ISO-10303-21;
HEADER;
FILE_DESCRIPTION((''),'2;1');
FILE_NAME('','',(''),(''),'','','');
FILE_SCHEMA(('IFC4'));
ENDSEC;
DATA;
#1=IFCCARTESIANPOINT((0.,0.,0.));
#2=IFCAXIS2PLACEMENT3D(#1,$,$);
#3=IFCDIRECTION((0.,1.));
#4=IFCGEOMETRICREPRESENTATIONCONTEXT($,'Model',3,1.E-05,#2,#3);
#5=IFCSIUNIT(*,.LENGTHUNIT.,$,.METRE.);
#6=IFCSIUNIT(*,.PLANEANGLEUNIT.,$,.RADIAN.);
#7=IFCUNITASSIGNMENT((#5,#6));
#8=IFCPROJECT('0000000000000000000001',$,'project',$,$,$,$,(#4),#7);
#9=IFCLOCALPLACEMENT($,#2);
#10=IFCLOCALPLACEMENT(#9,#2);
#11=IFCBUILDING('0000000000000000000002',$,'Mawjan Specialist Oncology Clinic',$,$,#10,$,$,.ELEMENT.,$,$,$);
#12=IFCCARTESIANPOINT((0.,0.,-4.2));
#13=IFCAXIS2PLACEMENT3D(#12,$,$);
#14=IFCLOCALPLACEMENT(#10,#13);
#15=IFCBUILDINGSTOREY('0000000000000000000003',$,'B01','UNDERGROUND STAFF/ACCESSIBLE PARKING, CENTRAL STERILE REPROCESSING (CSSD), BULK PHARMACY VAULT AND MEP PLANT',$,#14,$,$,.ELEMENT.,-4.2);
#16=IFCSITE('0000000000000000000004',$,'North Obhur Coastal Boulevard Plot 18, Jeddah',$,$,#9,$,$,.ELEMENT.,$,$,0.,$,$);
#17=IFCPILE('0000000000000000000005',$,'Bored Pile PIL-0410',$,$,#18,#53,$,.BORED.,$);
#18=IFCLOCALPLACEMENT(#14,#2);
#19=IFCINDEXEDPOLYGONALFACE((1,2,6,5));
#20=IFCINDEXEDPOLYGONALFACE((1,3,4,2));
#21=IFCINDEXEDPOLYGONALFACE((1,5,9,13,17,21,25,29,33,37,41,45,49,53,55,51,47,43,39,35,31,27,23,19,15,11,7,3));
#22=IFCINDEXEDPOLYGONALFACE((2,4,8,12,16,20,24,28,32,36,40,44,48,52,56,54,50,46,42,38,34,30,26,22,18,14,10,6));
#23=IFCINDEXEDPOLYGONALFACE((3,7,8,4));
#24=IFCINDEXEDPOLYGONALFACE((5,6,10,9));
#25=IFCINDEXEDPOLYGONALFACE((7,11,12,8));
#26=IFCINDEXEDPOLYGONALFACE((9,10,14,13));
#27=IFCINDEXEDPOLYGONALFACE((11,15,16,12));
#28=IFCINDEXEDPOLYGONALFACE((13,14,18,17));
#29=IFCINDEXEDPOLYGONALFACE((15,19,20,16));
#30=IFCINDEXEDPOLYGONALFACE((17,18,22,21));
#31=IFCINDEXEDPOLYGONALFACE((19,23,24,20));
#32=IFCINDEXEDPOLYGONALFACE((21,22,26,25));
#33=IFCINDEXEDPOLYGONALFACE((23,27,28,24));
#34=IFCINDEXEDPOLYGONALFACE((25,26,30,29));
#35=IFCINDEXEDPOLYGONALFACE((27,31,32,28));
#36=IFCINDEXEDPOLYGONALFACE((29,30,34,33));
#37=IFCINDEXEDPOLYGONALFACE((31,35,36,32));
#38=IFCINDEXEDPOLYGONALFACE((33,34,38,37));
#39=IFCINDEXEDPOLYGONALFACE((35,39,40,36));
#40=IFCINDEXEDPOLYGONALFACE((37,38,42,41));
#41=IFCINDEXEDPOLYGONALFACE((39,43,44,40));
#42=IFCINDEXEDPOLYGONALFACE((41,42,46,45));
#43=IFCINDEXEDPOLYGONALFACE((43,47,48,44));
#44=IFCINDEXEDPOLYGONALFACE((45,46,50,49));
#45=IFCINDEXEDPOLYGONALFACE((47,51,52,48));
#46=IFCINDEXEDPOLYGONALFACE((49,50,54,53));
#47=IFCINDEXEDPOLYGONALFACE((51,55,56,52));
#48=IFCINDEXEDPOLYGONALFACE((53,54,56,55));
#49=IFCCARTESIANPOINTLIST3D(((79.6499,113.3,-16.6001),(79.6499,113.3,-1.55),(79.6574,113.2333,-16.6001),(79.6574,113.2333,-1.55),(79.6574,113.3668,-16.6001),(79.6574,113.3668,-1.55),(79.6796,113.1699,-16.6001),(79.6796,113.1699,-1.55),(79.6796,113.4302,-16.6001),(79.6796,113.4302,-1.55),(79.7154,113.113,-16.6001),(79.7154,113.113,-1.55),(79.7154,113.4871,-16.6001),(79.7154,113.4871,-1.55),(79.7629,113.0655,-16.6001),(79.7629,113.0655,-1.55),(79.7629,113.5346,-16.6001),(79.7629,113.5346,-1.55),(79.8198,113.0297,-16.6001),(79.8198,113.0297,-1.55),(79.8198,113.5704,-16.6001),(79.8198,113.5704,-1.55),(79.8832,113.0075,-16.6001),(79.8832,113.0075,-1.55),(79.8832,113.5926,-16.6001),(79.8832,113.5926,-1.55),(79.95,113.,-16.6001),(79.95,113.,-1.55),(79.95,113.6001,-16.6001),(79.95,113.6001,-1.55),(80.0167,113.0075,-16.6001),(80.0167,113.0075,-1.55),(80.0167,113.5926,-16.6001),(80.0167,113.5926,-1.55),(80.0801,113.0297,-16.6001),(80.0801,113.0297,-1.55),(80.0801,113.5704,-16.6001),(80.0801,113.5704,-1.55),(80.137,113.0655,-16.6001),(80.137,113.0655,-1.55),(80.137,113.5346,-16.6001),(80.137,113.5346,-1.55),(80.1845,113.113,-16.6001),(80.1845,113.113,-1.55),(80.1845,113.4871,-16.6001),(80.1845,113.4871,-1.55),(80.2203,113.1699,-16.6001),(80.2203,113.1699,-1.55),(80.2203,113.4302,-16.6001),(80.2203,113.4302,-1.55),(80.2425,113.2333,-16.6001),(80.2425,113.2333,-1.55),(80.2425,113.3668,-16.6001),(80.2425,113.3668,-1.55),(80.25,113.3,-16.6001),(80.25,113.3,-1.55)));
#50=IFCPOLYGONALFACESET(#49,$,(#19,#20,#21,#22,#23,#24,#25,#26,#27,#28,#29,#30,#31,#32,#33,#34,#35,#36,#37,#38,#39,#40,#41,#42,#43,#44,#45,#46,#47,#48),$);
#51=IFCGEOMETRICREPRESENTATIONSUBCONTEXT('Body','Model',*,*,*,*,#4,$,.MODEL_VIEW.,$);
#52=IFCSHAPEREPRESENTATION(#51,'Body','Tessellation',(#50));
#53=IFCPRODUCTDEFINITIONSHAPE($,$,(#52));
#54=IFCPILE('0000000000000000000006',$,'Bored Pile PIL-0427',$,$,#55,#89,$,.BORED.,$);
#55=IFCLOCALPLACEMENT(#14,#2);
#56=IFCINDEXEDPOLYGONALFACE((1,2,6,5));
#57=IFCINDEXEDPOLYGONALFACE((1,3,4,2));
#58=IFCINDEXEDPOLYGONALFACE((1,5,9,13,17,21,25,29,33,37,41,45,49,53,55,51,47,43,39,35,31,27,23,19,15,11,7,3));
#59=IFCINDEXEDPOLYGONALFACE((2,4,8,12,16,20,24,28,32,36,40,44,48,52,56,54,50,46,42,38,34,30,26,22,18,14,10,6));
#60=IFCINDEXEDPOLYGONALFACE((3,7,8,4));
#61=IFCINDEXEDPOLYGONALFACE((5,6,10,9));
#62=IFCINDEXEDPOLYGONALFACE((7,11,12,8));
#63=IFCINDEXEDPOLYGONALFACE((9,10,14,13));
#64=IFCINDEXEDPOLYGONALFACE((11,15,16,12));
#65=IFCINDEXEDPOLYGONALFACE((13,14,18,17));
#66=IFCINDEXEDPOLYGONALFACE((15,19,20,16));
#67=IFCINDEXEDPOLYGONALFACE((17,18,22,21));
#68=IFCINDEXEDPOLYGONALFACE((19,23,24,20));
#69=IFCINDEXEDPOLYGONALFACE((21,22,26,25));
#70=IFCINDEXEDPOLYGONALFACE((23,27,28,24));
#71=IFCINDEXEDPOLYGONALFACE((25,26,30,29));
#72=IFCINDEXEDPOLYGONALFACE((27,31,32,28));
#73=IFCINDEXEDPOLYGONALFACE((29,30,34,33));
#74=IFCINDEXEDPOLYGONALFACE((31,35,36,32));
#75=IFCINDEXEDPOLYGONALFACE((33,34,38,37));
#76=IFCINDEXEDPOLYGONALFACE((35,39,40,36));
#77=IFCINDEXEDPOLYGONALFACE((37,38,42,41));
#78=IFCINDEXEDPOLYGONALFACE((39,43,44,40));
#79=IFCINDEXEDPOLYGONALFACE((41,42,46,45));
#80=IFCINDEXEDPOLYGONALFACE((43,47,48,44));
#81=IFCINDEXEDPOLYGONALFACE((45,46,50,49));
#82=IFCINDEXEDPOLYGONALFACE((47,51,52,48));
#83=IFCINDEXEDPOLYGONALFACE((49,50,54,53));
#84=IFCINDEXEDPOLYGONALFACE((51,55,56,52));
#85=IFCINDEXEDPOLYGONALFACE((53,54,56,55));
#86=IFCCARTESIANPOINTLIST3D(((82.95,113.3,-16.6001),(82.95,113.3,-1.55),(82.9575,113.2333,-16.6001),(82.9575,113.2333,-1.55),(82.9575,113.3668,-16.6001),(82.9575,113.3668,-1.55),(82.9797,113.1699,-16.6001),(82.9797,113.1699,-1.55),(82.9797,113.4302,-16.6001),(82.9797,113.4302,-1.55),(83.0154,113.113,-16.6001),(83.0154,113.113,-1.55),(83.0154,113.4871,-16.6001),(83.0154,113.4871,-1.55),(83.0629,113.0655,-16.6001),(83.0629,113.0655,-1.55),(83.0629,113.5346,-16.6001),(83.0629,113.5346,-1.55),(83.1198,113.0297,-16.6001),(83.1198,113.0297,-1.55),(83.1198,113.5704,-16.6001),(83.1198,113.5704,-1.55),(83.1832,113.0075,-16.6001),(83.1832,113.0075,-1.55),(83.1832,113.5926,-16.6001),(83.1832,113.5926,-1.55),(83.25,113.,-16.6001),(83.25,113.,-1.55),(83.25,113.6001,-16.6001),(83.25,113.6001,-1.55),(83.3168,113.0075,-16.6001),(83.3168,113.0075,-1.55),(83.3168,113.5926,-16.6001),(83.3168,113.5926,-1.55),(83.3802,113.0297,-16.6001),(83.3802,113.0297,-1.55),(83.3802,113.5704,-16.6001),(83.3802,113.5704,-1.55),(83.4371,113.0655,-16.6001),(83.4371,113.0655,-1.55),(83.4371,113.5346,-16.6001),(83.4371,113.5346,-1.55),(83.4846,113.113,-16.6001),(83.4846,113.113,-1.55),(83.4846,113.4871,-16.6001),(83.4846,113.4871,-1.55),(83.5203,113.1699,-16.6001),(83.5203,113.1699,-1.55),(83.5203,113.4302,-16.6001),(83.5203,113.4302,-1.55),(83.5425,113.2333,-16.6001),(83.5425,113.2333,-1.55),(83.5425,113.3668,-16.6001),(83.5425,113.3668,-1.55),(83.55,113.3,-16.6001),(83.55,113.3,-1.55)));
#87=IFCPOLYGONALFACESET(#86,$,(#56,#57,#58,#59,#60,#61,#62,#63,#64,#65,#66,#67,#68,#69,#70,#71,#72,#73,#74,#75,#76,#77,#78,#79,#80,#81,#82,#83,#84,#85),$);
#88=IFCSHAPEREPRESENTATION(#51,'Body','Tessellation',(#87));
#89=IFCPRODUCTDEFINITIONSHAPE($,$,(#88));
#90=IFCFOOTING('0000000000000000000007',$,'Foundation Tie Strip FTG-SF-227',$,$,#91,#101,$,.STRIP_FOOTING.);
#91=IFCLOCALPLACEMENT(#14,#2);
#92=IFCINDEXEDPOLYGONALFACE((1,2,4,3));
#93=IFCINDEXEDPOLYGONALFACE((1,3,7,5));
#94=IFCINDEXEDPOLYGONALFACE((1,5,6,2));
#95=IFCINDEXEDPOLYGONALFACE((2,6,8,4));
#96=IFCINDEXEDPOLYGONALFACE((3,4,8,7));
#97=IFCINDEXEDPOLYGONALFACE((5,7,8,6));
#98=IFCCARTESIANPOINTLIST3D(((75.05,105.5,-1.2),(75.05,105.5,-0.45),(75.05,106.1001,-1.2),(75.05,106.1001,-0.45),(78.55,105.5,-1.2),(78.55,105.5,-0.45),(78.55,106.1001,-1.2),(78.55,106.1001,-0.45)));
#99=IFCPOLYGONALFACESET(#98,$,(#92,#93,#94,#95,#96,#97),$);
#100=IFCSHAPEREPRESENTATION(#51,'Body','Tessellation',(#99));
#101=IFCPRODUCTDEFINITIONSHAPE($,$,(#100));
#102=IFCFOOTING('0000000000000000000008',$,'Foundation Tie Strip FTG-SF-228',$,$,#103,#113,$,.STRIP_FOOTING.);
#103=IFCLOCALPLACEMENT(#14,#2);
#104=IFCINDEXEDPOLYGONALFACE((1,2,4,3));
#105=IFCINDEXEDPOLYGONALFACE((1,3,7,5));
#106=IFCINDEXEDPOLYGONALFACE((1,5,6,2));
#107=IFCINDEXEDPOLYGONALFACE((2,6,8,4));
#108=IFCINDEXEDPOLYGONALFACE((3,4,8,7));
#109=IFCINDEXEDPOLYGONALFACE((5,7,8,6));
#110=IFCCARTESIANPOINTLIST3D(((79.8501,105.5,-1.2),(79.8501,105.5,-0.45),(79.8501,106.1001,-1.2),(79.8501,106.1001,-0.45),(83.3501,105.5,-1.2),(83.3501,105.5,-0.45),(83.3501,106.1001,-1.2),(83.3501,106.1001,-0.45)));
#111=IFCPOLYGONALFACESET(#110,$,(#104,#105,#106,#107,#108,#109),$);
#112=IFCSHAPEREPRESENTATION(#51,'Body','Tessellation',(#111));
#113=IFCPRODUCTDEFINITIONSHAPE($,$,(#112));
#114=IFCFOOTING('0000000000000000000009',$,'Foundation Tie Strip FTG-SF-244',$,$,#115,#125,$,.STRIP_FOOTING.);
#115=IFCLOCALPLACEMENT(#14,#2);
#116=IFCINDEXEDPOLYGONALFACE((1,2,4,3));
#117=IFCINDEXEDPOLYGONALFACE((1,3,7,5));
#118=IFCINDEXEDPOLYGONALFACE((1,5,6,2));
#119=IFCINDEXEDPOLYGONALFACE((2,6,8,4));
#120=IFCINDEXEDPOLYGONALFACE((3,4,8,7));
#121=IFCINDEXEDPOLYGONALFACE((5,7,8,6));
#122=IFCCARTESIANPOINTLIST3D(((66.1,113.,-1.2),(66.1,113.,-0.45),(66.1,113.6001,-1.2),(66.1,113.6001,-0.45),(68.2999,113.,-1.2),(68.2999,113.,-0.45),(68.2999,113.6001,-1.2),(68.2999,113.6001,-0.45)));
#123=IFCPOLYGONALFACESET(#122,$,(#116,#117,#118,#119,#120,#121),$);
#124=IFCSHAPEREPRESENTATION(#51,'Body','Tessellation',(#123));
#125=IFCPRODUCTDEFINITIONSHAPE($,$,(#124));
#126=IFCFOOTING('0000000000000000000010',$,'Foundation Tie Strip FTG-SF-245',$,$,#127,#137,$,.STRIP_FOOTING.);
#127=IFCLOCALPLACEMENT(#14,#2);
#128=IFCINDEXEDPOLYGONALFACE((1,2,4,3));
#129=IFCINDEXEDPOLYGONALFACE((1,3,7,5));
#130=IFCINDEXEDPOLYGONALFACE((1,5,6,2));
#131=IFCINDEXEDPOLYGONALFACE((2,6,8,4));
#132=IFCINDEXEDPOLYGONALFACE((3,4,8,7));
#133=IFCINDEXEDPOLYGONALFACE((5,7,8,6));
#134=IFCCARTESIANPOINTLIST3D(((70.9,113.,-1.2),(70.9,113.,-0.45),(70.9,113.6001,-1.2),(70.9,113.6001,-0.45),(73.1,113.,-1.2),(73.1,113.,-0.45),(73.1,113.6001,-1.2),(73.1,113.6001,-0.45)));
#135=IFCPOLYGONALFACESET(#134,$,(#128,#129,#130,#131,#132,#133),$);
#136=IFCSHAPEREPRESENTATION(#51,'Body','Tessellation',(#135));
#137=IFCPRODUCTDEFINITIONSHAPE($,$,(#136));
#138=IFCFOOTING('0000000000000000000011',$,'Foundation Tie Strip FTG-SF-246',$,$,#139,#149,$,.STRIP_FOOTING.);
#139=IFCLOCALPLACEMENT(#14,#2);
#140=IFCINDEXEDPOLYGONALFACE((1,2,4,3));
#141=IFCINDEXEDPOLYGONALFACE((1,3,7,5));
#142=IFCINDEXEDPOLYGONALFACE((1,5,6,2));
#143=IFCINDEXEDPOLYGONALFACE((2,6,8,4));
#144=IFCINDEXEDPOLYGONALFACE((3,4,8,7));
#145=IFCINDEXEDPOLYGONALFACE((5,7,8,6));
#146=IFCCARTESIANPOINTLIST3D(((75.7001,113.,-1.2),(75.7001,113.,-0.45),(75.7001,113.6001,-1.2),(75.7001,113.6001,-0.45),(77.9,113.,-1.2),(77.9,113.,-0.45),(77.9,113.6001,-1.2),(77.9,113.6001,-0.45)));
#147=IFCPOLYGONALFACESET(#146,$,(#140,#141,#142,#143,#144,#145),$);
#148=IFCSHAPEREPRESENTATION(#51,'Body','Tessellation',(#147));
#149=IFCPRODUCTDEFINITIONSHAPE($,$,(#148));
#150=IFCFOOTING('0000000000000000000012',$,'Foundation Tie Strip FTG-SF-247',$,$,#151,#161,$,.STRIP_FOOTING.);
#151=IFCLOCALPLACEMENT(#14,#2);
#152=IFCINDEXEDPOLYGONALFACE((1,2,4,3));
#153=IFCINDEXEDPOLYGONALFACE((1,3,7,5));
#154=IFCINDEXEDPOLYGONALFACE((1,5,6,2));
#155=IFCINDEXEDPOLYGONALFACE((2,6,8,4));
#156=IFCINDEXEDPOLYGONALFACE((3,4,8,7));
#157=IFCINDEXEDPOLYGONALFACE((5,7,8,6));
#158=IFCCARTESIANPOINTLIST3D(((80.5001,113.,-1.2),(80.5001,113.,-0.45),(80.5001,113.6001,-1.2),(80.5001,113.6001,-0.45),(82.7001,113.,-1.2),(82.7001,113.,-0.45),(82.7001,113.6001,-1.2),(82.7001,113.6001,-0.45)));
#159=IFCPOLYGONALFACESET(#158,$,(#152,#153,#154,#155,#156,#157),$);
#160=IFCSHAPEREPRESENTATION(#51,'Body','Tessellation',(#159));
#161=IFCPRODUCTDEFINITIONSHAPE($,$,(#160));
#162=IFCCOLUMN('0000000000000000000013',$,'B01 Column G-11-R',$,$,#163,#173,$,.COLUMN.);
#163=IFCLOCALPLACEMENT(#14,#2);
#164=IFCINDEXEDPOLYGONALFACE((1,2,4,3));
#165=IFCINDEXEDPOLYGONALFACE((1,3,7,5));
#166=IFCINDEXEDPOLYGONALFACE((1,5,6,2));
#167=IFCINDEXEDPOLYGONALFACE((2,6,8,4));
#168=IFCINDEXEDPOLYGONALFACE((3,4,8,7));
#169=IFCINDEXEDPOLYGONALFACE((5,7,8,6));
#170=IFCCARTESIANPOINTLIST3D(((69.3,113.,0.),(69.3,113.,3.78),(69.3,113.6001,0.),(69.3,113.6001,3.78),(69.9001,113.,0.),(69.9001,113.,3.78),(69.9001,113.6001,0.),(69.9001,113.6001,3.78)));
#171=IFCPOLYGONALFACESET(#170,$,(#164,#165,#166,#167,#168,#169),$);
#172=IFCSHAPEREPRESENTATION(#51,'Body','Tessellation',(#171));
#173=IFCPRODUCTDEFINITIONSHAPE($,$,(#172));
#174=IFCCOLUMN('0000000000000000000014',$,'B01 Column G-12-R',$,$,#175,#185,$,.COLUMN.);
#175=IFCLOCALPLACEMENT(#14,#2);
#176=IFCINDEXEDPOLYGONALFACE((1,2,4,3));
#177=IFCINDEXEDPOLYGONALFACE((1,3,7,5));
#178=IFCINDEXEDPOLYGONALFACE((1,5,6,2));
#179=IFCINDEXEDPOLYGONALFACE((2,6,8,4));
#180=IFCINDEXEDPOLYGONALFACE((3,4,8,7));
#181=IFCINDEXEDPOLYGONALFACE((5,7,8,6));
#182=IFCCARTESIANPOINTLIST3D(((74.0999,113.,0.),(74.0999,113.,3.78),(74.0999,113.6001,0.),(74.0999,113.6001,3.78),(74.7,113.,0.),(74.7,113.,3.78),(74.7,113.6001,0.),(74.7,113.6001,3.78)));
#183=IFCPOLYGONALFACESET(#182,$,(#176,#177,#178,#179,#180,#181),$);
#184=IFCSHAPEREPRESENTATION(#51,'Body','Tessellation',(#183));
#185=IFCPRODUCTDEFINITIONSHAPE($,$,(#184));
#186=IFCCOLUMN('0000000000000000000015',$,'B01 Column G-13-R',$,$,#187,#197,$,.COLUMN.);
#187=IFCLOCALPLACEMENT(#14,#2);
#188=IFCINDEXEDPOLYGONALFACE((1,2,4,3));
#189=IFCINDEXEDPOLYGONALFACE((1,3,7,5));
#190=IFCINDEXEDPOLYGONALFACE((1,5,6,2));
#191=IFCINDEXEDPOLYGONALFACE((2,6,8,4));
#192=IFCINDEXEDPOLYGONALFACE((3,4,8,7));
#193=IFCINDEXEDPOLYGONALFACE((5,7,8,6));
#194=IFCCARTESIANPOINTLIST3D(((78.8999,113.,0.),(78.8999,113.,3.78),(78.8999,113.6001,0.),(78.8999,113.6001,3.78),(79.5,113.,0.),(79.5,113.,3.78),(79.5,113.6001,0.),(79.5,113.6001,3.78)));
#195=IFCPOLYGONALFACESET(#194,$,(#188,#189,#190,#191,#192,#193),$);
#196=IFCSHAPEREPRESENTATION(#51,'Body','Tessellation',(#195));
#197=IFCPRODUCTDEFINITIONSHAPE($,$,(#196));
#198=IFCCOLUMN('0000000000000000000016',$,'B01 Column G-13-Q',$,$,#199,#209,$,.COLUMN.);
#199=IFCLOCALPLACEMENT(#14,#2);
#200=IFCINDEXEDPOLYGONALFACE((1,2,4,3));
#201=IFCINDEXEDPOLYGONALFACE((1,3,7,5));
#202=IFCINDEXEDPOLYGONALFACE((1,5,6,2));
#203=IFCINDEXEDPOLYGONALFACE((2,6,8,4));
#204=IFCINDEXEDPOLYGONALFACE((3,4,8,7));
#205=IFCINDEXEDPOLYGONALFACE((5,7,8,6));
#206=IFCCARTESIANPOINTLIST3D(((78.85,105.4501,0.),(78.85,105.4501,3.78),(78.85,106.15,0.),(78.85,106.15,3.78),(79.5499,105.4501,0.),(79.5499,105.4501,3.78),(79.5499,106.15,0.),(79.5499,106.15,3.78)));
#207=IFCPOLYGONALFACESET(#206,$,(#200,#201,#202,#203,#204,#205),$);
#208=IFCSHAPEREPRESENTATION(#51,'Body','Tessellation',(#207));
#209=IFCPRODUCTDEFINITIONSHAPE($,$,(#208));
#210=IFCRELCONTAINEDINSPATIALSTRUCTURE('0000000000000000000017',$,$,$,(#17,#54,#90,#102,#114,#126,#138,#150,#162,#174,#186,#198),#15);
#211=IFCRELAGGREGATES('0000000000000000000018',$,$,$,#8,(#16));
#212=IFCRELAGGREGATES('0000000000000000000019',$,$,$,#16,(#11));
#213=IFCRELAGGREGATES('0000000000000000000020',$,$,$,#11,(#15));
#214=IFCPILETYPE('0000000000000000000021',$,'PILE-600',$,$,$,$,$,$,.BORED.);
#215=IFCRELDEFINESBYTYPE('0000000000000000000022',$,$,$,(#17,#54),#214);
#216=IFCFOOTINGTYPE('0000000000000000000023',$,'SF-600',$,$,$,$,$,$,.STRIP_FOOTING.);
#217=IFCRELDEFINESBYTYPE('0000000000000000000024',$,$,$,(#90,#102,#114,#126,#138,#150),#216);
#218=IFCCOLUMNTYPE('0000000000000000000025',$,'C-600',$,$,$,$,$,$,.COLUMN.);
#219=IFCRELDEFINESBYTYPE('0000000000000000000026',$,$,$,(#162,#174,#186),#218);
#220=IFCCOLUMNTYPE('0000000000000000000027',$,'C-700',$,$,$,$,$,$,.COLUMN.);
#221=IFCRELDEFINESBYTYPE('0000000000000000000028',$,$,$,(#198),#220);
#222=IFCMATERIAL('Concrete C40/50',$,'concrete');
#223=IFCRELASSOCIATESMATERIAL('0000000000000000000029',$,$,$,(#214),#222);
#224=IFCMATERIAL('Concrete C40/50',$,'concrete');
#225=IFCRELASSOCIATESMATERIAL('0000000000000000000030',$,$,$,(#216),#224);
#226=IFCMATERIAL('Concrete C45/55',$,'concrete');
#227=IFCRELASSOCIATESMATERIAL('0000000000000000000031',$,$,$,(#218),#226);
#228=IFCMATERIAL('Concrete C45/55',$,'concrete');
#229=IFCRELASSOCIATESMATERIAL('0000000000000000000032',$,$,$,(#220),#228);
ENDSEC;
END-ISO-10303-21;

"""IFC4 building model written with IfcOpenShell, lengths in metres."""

from ifc_helpers import new_model, si_unit, direction, frame, origin, origin_2d, place, context, subcontext, project, spatial, rectangle, circle, extrude, material, material_profile, profile_set, type_object, element, save


model = new_model("IFC4")

# Units and contexts
model_context = context("Model", 3, precision=1e-05, world=origin(), true_north=direction((0.0, 1.0)))
body_context = subcontext(model_context, "Body", "Model", "MODEL_VIEW")
ifc_project = project(units=[si_unit("LENGTHUNIT", "METRE"), si_unit("PLANEANGLEUNIT", "RADIAN")], contexts=[model_context])

# Site, building, storey
site_placement = place(None, origin())
site = spatial("IfcSite", under=ifc_project, at=site_placement, Name="North Obhur Coastal Boulevard Plot 18, Jeddah", CompositionType="ELEMENT", RefElevation=0.0)
building_placement = place(site_placement, origin())
building = spatial("IfcBuilding", under=site, at=building_placement, Name="Mawjan Specialist Oncology Clinic", CompositionType="ELEMENT")
storey_placement = place(building_placement, frame((0.0, 0.0, -4.2)))
storey = spatial("IfcBuildingStorey", under=building, at=storey_placement, Name="B01", Description="UNDERGROUND STAFF/ACCESSIBLE PARKING, CENTRAL STERILE REPROCESSING (CSSD), BULK PHARMACY VAULT AND MEP PLANT", CompositionType="ELEMENT", Elevation=-4.2)

# Piles
ifc_material_1 = material(Name="Concrete C40/50", Category="concrete")
ifc_material_profile_1 = material_profile(ifc_material_1, circle(Radius=0.3, at=origin_2d()), Name="BORED PILE D600", Category="concrete")
ifc_profile_set_1 = profile_set([ifc_material_profile_1], Name="Concrete C40/50")
pile_type = type_object("IfcPileType", Name="PILE-600", PredefinedType="BORED", material=ifc_profile_set_1)
for number, where, z_axis, x_axis, name in (
    (1, (79.95, 113.3, -1.55), (0.0, 0.0, -1.0), (1.0, 0.0, 0.0), "Bored Pile PIL-0410"),
    (2, (83.25, 113.3, -1.55), (0.0, 0.0, -1.0), (1.0, 0.0, 0.0), "Bored Pile PIL-0427"),
):
    element("IfcPile", number, at=place(storey_placement, frame(where, z_axis=z_axis, x_axis=x_axis)), inside=storey, type_object=pile_type, Name=name, PredefinedType="BORED", context=body_context, shape_type="SweptSolid", body=[
        extrude(circle(Radius=0.3, at=origin_2d()), origin(), (0.0, 0.0, 1.0), 15.05),
    ])

# Footings
ifc_material_2 = material(Name="Concrete C40/50", Category="concrete")
footing_type_1 = type_object("IfcFootingType", Name="SF-600", PredefinedType="STRIP_FOOTING", material=ifc_material_2)
for number, where, z_axis, x_axis, name in (
    (3, (76.8, 105.8, -1.2), (0.0, 0.0, 1.0), (1.0, 0.0, 0.0), "Foundation Tie Strip FTG-SF-227"),
    (4, (81.6001, 105.8, -1.2), (0.0, 0.0, 1.0), (1.0, 0.0, 0.0), "Foundation Tie Strip FTG-SF-228"),
):
    element("IfcFooting", number, at=place(storey_placement, frame(where, z_axis=z_axis, x_axis=x_axis)), inside=storey, type_object=footing_type_1, Name=name, PredefinedType="STRIP_FOOTING", context=body_context, shape_type="SweptSolid", body=[
        extrude(rectangle(XDim=3.5, YDim=0.6001, at=origin_2d()), origin(), (0.0, 0.0, 1.0), 0.75),
    ])
for number, where, z_axis, x_axis, name in (
    (5, (67.2, 113.3, -1.2), (0.0, 0.0, 1.0), (1.0, 0.0, 0.0), "Foundation Tie Strip FTG-SF-244"),
    (6, (72.0, 113.3, -1.2), (0.0, 0.0, 1.0), (1.0, 0.0, 0.0), "Foundation Tie Strip FTG-SF-245"),
    (7, (76.8, 113.3, -1.2), (0.0, 0.0, 1.0), (1.0, 0.0, 0.0), "Foundation Tie Strip FTG-SF-246"),
    (8, (81.6001, 113.3, -1.2), (0.0, 0.0, 1.0), (1.0, 0.0, 0.0), "Foundation Tie Strip FTG-SF-247"),
):
    element("IfcFooting", number, at=place(storey_placement, frame(where, z_axis=z_axis, x_axis=x_axis)), inside=storey, type_object=footing_type_1, Name=name, PredefinedType="STRIP_FOOTING", context=body_context, shape_type="SweptSolid", body=[
        extrude(rectangle(XDim=2.2, YDim=0.6001, at=origin_2d()), origin(), (0.0, 0.0, 1.0), 0.75),
    ])

# Columns
ifc_material_3 = material(Name="Concrete C45/55", Category="concrete")
ifc_material_profile_2 = material_profile(ifc_material_3, rectangle(XDim=0.6001, YDim=0.6001, at=origin_2d()), Name="RC COL 600x600", Category="concrete")
ifc_profile_set_2 = profile_set([ifc_material_profile_2], Name="Concrete C45/55")
column_type_1 = type_object("IfcColumnType", Name="C-600", PredefinedType="COLUMN", material=ifc_profile_set_2)
for number, where, z_axis, x_axis, name in (
    (9, (69.6001, 113.3, 0.0), (0.0, 0.0, 1.0), (1.0, 0.0, 0.0), "B01 Column G-11-R"),
    (10, (74.3999, 113.3, 0.0), (0.0, 0.0, 1.0), (1.0, 0.0, 0.0), "B01 Column G-12-R"),
    (11, (79.2, 113.3, 0.0), (0.0, 0.0, 1.0), (1.0, 0.0, 0.0), "B01 Column G-13-R"),
):
    element("IfcColumn", number, at=place(storey_placement, frame(where, z_axis=z_axis, x_axis=x_axis)), inside=storey, type_object=column_type_1, Name=name, PredefinedType="COLUMN", context=body_context, shape_type="SweptSolid", body=[
        extrude(rectangle(XDim=0.6001, YDim=0.6001, at=origin_2d()), origin(), (0.0, 0.0, 1.0), 3.78),
    ])
ifc_material_4 = material(Name="Concrete C45/55", Category="concrete")
ifc_material_profile_3 = material_profile(ifc_material_4, rectangle(XDim=0.7, YDim=0.7, at=origin_2d()), Name="RC COL 700x700", Category="concrete")
ifc_profile_set_3 = profile_set([ifc_material_profile_3], Name="Concrete C45/55")
column_type_2 = type_object("IfcColumnType", Name="C-700", PredefinedType="COLUMN", material=ifc_profile_set_3)
column_placement = place(storey_placement, frame((79.2, 105.8, 0.0), z_axis=(0.0, 0.0, 1.0), x_axis=(1.0, 0.0, 0.0)))
element("IfcColumn", 12, at=column_placement, inside=storey, type_object=column_type_2, Name="B01 Column G-13-Q", PredefinedType="COLUMN", context=body_context, shape_type="SweptSolid", body=[
    extrude(rectangle(XDim=0.7, YDim=0.7, at=origin_2d()), origin(), (0.0, 0.0, 1.0), 3.78),
])

save(model, "model.ifc")
